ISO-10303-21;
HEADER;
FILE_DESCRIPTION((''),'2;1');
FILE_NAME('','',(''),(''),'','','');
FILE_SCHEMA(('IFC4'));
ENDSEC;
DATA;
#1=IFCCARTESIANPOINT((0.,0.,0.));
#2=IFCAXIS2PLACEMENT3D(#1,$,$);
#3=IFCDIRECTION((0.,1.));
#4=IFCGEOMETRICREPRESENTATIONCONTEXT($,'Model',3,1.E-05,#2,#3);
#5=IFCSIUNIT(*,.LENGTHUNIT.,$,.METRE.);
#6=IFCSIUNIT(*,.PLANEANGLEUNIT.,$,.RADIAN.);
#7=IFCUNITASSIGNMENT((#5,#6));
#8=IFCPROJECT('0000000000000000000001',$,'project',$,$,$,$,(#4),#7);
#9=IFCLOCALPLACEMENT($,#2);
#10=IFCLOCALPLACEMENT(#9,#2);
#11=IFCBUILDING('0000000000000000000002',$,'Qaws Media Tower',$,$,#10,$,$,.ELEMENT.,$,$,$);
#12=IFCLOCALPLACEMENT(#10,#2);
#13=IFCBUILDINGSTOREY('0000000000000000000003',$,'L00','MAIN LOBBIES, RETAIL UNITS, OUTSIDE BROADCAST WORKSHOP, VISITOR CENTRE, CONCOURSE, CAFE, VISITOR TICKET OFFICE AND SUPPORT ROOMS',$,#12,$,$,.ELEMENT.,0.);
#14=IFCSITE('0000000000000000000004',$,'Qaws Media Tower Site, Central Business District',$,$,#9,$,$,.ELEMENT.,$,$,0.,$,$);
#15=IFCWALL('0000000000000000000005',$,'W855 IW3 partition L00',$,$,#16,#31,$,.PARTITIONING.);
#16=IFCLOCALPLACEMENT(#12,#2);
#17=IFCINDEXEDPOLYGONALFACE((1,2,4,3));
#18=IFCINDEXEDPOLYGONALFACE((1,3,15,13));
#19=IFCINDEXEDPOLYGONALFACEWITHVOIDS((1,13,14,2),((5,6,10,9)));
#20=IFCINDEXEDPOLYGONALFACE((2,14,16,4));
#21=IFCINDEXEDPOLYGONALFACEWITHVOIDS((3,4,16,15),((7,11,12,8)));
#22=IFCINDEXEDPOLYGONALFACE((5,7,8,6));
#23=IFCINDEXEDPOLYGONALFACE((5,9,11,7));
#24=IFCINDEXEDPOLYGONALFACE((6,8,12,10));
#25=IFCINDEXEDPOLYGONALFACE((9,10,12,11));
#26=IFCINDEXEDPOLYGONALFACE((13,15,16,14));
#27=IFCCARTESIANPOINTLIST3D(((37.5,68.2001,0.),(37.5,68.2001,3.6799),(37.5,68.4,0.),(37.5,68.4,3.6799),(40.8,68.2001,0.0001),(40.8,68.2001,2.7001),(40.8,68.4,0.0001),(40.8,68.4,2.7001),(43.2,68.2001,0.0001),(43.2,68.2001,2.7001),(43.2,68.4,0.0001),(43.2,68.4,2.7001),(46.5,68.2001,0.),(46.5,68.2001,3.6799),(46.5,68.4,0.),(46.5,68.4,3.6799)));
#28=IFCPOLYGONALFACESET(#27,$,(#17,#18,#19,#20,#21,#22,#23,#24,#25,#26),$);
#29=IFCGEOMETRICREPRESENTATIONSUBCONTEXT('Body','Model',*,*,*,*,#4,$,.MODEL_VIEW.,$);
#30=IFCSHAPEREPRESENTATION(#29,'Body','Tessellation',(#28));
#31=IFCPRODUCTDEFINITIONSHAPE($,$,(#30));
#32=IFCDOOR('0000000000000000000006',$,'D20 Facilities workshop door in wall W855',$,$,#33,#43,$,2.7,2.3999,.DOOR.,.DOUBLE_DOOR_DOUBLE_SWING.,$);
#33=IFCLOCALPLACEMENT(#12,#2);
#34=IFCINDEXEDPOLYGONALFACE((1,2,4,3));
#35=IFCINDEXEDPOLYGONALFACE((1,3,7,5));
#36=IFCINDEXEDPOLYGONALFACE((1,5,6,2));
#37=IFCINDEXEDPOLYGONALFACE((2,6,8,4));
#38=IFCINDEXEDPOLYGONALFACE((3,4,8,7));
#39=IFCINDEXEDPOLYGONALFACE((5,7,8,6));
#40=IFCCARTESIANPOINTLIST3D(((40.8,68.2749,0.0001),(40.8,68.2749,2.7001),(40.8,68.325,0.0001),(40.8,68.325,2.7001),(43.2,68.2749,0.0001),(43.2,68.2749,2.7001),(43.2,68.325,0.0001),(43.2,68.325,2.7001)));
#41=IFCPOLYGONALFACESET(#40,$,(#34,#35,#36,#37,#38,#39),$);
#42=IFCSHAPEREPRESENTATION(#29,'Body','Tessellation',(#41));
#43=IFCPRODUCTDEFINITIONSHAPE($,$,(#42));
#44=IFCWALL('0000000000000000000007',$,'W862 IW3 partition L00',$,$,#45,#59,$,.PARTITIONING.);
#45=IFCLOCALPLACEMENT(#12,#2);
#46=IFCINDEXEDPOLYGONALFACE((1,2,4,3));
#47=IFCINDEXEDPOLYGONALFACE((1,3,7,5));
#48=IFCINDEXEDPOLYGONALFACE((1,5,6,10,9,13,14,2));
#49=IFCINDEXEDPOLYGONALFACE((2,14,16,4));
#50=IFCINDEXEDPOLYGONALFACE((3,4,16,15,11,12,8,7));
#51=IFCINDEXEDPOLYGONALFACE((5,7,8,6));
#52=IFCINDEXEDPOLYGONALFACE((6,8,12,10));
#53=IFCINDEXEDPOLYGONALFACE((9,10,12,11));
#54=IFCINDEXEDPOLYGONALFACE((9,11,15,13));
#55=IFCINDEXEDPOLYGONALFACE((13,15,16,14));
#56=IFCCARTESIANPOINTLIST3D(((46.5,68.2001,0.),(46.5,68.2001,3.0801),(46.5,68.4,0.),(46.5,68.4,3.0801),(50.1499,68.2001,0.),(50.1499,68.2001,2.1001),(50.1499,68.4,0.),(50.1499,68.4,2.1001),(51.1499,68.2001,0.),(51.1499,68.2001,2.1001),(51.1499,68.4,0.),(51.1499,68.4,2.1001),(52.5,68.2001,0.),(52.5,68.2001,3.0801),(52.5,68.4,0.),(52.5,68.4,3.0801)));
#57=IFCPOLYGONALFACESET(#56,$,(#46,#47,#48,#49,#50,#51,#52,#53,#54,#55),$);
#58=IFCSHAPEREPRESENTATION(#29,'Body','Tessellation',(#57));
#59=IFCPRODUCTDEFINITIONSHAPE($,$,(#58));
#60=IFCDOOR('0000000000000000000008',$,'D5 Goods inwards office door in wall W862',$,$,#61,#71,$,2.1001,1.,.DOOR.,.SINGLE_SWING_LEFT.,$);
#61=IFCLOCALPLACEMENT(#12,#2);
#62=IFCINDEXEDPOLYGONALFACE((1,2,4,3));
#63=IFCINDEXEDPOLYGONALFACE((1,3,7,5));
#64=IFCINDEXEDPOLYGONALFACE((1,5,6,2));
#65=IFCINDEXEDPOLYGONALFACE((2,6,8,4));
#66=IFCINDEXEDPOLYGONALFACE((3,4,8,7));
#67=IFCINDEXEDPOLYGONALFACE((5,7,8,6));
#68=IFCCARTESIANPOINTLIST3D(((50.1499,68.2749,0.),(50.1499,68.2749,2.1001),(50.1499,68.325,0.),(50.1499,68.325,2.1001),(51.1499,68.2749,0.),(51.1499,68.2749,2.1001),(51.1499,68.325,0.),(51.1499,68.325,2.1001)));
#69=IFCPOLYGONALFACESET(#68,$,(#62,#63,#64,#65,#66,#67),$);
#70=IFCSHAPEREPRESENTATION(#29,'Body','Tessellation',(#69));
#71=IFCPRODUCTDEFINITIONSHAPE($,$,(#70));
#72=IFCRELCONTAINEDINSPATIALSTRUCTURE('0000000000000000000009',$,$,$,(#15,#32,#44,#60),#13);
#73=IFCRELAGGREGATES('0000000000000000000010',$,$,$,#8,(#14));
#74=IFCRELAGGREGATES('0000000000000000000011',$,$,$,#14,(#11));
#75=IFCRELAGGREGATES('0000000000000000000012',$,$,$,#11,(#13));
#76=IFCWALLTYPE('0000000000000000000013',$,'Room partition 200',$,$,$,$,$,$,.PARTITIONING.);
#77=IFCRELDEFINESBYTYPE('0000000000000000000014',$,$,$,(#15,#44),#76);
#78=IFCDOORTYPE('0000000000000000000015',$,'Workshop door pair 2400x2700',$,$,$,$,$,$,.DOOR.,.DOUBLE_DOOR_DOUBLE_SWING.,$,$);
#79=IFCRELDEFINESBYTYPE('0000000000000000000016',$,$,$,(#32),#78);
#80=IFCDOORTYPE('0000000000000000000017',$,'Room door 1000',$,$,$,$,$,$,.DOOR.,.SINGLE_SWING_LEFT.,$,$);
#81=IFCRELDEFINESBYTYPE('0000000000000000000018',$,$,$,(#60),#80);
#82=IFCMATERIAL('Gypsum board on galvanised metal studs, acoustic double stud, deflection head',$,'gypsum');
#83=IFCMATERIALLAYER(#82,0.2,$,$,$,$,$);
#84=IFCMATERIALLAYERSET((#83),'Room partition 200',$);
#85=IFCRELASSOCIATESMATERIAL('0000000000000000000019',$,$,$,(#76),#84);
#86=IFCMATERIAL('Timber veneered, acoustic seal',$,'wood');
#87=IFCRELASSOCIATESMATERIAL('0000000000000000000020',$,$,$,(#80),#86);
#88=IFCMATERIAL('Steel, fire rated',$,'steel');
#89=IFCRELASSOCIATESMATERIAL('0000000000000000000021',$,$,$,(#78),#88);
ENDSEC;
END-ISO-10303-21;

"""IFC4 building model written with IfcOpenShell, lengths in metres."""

from ifc_helpers import new_model, si_unit, direction, frame, frame_2d, origin, place, context, subcontext, project, spatial, rectangle, extrude, material, layer, layer_set, type_object, element, fill, save


model = new_model("IFC4")

# Units and contexts
model_context = context("Model", 3, precision=1e-05, world=origin(), true_north=direction((0.0, 1.0)))
body_context = subcontext(model_context, "Body", "Model", "MODEL_VIEW")
ifc_project = project(units=[si_unit("LENGTHUNIT", "METRE"), si_unit("PLANEANGLEUNIT", "RADIAN")], contexts=[model_context])

# Site, building, storey
site_placement = place(None, origin())
site = spatial("IfcSite", under=ifc_project, at=site_placement, Name="Qaws Media Tower Site, Central Business District", CompositionType="ELEMENT", RefElevation=0.0)
building_placement = place(site_placement, origin())
building = spatial("IfcBuilding", under=site, at=building_placement, Name="Qaws Media Tower", CompositionType="ELEMENT")
storey_placement = place(building_placement, origin())
storey = spatial("IfcBuildingStorey", under=building, at=storey_placement, Name="L00", Description="MAIN LOBBIES, RETAIL UNITS, OUTSIDE BROADCAST WORKSHOP, VISITOR CENTRE, CONCOURSE, CAFE, VISITOR TICKET OFFICE AND SUPPORT ROOMS", CompositionType="ELEMENT", Elevation=0.0)

# Shared definitions
ifc_material_1 = material(Name="Gypsum board on galvanised metal studs, acoustic double stud, deflection head", Category="gypsum")
ifc_layer = layer(ifc_material_1, 0.2)
ifc_layer_set = layer_set([ifc_layer], Name="Room partition 200")
wall_type = type_object("IfcWallType", Name="Room partition 200", PredefinedType="PARTITIONING", material=ifc_layer_set)

# Walls, openings, doors
ifc_material_2 = material(Name="Timber veneered, acoustic seal", Category="wood")
door_type_1 = type_object("IfcDoorType", Name="Room door 1000", OperationType="SINGLE_SWING_LEFT", PredefinedType="DOOR", material=ifc_material_2)
wall_1_placement = place(storey_placement, frame((37.5, 68.3, 0.0), z_axis=(0.0, 0.0, 1.0), x_axis=(1.0, 0.0, 0.0)))
wall_1 = element("IfcWall", 1, at=wall_1_placement, inside=storey, type_object=wall_type, Name="W855 IW3 partition L00", PredefinedType="PARTITIONING", context=body_context, shape_type="SweptSolid", body=[
    extrude(rectangle(XDim=9.0, YDim=0.2, at=frame_2d((4.5, 0.0))), origin(), (0.0, 0.0, 1.0), 3.6799),
])
opening_1_placement = place(wall_1_placement, frame((3.3, 0.0, 0.0)))
opening_1 = element("IfcOpeningElement", 2, at=opening_1_placement, cuts=wall_1, PredefinedType="OPENING", context=body_context, shape_type="SweptSolid", body=[
    extrude(rectangle(XDim=2.3999, YDim=2.7, at=frame_2d((1.2, 1.3501))), frame((0.0, 0.1099, 0.0), z_axis=(0.0, -1.0, 0.0), x_axis=(1.0, 0.0, 0.0)), (0.0, 0.0, 1.0), 0.22),
])
ifc_material_3 = material(Name="Steel, fire rated", Category="steel")
door_type_2 = type_object("IfcDoorType", Name="Workshop door pair 2400x2700", OperationType="DOUBLE_DOOR_DOUBLE_SWING", PredefinedType="DOOR", material=ifc_material_3)
door_1_placement = place(opening_1_placement, origin())
door_1 = element("IfcDoor", 3, at=door_1_placement, inside=storey, type_object=door_type_2, Name="D20 Facilities workshop door in wall W855", OperationType="DOUBLE_DOOR_DOUBLE_SWING", OverallHeight=2.7, OverallWidth=2.3999, PredefinedType="DOOR", context=body_context, shape_type="SweptSolid", body=[
    extrude(rectangle(XDim=2.3999, YDim=2.7, at=frame_2d((1.2, 1.3501))), frame((0.0, 0.0249, 0.0), z_axis=(0.0, -1.0, 0.0), x_axis=(1.0, 0.0, 0.0)), (0.0, 0.0, 1.0), 0.05),
])
fill(opening_1, door_1)
wall_2_placement = place(storey_placement, frame((46.5, 68.3, 0.0), z_axis=(0.0, 0.0, 1.0), x_axis=(1.0, 0.0, 0.0)))
wall_2 = element("IfcWall", 4, at=wall_2_placement, inside=storey, type_object=wall_type, Name="W862 IW3 partition L00", PredefinedType="PARTITIONING", context=body_context, shape_type="SweptSolid", body=[
    extrude(rectangle(XDim=6.0, YDim=0.2, at=frame_2d((3.0, 0.0))), origin(), (0.0, 0.0, 1.0), 3.0801),
])
opening_2_placement = place(wall_2_placement, frame((3.6499, 0.0, 0.0)))
opening_2 = element("IfcOpeningElement", 5, at=opening_2_placement, cuts=wall_2, PredefinedType="OPENING", context=body_context, shape_type="SweptSolid", body=[
    extrude(rectangle(XDim=1.0, YDim=2.1001, at=frame_2d((0.5, 1.05))), frame((0.0, 0.1099, 0.0), z_axis=(0.0, -1.0, 0.0), x_axis=(1.0, 0.0, 0.0)), (0.0, 0.0, 1.0), 0.22),
])
door_2_placement = place(opening_2_placement, origin())
door_2 = element("IfcDoor", 6, at=door_2_placement, inside=storey, type_object=door_type_1, Name="D5 Goods inwards office door in wall W862", OperationType="SINGLE_SWING_LEFT", OverallHeight=2.1001, OverallWidth=1.0, PredefinedType="DOOR", context=body_context, shape_type="SweptSolid", body=[
    extrude(rectangle(XDim=1.0, YDim=2.1001, at=frame_2d((0.5, 1.05))), frame((0.0, 0.0249, 0.0), z_axis=(0.0, -1.0, 0.0), x_axis=(1.0, 0.0, 0.0)), (0.0, 0.0, 1.0), 0.05),
])
fill(opening_2, door_2)

save(model, "model.ifc")
